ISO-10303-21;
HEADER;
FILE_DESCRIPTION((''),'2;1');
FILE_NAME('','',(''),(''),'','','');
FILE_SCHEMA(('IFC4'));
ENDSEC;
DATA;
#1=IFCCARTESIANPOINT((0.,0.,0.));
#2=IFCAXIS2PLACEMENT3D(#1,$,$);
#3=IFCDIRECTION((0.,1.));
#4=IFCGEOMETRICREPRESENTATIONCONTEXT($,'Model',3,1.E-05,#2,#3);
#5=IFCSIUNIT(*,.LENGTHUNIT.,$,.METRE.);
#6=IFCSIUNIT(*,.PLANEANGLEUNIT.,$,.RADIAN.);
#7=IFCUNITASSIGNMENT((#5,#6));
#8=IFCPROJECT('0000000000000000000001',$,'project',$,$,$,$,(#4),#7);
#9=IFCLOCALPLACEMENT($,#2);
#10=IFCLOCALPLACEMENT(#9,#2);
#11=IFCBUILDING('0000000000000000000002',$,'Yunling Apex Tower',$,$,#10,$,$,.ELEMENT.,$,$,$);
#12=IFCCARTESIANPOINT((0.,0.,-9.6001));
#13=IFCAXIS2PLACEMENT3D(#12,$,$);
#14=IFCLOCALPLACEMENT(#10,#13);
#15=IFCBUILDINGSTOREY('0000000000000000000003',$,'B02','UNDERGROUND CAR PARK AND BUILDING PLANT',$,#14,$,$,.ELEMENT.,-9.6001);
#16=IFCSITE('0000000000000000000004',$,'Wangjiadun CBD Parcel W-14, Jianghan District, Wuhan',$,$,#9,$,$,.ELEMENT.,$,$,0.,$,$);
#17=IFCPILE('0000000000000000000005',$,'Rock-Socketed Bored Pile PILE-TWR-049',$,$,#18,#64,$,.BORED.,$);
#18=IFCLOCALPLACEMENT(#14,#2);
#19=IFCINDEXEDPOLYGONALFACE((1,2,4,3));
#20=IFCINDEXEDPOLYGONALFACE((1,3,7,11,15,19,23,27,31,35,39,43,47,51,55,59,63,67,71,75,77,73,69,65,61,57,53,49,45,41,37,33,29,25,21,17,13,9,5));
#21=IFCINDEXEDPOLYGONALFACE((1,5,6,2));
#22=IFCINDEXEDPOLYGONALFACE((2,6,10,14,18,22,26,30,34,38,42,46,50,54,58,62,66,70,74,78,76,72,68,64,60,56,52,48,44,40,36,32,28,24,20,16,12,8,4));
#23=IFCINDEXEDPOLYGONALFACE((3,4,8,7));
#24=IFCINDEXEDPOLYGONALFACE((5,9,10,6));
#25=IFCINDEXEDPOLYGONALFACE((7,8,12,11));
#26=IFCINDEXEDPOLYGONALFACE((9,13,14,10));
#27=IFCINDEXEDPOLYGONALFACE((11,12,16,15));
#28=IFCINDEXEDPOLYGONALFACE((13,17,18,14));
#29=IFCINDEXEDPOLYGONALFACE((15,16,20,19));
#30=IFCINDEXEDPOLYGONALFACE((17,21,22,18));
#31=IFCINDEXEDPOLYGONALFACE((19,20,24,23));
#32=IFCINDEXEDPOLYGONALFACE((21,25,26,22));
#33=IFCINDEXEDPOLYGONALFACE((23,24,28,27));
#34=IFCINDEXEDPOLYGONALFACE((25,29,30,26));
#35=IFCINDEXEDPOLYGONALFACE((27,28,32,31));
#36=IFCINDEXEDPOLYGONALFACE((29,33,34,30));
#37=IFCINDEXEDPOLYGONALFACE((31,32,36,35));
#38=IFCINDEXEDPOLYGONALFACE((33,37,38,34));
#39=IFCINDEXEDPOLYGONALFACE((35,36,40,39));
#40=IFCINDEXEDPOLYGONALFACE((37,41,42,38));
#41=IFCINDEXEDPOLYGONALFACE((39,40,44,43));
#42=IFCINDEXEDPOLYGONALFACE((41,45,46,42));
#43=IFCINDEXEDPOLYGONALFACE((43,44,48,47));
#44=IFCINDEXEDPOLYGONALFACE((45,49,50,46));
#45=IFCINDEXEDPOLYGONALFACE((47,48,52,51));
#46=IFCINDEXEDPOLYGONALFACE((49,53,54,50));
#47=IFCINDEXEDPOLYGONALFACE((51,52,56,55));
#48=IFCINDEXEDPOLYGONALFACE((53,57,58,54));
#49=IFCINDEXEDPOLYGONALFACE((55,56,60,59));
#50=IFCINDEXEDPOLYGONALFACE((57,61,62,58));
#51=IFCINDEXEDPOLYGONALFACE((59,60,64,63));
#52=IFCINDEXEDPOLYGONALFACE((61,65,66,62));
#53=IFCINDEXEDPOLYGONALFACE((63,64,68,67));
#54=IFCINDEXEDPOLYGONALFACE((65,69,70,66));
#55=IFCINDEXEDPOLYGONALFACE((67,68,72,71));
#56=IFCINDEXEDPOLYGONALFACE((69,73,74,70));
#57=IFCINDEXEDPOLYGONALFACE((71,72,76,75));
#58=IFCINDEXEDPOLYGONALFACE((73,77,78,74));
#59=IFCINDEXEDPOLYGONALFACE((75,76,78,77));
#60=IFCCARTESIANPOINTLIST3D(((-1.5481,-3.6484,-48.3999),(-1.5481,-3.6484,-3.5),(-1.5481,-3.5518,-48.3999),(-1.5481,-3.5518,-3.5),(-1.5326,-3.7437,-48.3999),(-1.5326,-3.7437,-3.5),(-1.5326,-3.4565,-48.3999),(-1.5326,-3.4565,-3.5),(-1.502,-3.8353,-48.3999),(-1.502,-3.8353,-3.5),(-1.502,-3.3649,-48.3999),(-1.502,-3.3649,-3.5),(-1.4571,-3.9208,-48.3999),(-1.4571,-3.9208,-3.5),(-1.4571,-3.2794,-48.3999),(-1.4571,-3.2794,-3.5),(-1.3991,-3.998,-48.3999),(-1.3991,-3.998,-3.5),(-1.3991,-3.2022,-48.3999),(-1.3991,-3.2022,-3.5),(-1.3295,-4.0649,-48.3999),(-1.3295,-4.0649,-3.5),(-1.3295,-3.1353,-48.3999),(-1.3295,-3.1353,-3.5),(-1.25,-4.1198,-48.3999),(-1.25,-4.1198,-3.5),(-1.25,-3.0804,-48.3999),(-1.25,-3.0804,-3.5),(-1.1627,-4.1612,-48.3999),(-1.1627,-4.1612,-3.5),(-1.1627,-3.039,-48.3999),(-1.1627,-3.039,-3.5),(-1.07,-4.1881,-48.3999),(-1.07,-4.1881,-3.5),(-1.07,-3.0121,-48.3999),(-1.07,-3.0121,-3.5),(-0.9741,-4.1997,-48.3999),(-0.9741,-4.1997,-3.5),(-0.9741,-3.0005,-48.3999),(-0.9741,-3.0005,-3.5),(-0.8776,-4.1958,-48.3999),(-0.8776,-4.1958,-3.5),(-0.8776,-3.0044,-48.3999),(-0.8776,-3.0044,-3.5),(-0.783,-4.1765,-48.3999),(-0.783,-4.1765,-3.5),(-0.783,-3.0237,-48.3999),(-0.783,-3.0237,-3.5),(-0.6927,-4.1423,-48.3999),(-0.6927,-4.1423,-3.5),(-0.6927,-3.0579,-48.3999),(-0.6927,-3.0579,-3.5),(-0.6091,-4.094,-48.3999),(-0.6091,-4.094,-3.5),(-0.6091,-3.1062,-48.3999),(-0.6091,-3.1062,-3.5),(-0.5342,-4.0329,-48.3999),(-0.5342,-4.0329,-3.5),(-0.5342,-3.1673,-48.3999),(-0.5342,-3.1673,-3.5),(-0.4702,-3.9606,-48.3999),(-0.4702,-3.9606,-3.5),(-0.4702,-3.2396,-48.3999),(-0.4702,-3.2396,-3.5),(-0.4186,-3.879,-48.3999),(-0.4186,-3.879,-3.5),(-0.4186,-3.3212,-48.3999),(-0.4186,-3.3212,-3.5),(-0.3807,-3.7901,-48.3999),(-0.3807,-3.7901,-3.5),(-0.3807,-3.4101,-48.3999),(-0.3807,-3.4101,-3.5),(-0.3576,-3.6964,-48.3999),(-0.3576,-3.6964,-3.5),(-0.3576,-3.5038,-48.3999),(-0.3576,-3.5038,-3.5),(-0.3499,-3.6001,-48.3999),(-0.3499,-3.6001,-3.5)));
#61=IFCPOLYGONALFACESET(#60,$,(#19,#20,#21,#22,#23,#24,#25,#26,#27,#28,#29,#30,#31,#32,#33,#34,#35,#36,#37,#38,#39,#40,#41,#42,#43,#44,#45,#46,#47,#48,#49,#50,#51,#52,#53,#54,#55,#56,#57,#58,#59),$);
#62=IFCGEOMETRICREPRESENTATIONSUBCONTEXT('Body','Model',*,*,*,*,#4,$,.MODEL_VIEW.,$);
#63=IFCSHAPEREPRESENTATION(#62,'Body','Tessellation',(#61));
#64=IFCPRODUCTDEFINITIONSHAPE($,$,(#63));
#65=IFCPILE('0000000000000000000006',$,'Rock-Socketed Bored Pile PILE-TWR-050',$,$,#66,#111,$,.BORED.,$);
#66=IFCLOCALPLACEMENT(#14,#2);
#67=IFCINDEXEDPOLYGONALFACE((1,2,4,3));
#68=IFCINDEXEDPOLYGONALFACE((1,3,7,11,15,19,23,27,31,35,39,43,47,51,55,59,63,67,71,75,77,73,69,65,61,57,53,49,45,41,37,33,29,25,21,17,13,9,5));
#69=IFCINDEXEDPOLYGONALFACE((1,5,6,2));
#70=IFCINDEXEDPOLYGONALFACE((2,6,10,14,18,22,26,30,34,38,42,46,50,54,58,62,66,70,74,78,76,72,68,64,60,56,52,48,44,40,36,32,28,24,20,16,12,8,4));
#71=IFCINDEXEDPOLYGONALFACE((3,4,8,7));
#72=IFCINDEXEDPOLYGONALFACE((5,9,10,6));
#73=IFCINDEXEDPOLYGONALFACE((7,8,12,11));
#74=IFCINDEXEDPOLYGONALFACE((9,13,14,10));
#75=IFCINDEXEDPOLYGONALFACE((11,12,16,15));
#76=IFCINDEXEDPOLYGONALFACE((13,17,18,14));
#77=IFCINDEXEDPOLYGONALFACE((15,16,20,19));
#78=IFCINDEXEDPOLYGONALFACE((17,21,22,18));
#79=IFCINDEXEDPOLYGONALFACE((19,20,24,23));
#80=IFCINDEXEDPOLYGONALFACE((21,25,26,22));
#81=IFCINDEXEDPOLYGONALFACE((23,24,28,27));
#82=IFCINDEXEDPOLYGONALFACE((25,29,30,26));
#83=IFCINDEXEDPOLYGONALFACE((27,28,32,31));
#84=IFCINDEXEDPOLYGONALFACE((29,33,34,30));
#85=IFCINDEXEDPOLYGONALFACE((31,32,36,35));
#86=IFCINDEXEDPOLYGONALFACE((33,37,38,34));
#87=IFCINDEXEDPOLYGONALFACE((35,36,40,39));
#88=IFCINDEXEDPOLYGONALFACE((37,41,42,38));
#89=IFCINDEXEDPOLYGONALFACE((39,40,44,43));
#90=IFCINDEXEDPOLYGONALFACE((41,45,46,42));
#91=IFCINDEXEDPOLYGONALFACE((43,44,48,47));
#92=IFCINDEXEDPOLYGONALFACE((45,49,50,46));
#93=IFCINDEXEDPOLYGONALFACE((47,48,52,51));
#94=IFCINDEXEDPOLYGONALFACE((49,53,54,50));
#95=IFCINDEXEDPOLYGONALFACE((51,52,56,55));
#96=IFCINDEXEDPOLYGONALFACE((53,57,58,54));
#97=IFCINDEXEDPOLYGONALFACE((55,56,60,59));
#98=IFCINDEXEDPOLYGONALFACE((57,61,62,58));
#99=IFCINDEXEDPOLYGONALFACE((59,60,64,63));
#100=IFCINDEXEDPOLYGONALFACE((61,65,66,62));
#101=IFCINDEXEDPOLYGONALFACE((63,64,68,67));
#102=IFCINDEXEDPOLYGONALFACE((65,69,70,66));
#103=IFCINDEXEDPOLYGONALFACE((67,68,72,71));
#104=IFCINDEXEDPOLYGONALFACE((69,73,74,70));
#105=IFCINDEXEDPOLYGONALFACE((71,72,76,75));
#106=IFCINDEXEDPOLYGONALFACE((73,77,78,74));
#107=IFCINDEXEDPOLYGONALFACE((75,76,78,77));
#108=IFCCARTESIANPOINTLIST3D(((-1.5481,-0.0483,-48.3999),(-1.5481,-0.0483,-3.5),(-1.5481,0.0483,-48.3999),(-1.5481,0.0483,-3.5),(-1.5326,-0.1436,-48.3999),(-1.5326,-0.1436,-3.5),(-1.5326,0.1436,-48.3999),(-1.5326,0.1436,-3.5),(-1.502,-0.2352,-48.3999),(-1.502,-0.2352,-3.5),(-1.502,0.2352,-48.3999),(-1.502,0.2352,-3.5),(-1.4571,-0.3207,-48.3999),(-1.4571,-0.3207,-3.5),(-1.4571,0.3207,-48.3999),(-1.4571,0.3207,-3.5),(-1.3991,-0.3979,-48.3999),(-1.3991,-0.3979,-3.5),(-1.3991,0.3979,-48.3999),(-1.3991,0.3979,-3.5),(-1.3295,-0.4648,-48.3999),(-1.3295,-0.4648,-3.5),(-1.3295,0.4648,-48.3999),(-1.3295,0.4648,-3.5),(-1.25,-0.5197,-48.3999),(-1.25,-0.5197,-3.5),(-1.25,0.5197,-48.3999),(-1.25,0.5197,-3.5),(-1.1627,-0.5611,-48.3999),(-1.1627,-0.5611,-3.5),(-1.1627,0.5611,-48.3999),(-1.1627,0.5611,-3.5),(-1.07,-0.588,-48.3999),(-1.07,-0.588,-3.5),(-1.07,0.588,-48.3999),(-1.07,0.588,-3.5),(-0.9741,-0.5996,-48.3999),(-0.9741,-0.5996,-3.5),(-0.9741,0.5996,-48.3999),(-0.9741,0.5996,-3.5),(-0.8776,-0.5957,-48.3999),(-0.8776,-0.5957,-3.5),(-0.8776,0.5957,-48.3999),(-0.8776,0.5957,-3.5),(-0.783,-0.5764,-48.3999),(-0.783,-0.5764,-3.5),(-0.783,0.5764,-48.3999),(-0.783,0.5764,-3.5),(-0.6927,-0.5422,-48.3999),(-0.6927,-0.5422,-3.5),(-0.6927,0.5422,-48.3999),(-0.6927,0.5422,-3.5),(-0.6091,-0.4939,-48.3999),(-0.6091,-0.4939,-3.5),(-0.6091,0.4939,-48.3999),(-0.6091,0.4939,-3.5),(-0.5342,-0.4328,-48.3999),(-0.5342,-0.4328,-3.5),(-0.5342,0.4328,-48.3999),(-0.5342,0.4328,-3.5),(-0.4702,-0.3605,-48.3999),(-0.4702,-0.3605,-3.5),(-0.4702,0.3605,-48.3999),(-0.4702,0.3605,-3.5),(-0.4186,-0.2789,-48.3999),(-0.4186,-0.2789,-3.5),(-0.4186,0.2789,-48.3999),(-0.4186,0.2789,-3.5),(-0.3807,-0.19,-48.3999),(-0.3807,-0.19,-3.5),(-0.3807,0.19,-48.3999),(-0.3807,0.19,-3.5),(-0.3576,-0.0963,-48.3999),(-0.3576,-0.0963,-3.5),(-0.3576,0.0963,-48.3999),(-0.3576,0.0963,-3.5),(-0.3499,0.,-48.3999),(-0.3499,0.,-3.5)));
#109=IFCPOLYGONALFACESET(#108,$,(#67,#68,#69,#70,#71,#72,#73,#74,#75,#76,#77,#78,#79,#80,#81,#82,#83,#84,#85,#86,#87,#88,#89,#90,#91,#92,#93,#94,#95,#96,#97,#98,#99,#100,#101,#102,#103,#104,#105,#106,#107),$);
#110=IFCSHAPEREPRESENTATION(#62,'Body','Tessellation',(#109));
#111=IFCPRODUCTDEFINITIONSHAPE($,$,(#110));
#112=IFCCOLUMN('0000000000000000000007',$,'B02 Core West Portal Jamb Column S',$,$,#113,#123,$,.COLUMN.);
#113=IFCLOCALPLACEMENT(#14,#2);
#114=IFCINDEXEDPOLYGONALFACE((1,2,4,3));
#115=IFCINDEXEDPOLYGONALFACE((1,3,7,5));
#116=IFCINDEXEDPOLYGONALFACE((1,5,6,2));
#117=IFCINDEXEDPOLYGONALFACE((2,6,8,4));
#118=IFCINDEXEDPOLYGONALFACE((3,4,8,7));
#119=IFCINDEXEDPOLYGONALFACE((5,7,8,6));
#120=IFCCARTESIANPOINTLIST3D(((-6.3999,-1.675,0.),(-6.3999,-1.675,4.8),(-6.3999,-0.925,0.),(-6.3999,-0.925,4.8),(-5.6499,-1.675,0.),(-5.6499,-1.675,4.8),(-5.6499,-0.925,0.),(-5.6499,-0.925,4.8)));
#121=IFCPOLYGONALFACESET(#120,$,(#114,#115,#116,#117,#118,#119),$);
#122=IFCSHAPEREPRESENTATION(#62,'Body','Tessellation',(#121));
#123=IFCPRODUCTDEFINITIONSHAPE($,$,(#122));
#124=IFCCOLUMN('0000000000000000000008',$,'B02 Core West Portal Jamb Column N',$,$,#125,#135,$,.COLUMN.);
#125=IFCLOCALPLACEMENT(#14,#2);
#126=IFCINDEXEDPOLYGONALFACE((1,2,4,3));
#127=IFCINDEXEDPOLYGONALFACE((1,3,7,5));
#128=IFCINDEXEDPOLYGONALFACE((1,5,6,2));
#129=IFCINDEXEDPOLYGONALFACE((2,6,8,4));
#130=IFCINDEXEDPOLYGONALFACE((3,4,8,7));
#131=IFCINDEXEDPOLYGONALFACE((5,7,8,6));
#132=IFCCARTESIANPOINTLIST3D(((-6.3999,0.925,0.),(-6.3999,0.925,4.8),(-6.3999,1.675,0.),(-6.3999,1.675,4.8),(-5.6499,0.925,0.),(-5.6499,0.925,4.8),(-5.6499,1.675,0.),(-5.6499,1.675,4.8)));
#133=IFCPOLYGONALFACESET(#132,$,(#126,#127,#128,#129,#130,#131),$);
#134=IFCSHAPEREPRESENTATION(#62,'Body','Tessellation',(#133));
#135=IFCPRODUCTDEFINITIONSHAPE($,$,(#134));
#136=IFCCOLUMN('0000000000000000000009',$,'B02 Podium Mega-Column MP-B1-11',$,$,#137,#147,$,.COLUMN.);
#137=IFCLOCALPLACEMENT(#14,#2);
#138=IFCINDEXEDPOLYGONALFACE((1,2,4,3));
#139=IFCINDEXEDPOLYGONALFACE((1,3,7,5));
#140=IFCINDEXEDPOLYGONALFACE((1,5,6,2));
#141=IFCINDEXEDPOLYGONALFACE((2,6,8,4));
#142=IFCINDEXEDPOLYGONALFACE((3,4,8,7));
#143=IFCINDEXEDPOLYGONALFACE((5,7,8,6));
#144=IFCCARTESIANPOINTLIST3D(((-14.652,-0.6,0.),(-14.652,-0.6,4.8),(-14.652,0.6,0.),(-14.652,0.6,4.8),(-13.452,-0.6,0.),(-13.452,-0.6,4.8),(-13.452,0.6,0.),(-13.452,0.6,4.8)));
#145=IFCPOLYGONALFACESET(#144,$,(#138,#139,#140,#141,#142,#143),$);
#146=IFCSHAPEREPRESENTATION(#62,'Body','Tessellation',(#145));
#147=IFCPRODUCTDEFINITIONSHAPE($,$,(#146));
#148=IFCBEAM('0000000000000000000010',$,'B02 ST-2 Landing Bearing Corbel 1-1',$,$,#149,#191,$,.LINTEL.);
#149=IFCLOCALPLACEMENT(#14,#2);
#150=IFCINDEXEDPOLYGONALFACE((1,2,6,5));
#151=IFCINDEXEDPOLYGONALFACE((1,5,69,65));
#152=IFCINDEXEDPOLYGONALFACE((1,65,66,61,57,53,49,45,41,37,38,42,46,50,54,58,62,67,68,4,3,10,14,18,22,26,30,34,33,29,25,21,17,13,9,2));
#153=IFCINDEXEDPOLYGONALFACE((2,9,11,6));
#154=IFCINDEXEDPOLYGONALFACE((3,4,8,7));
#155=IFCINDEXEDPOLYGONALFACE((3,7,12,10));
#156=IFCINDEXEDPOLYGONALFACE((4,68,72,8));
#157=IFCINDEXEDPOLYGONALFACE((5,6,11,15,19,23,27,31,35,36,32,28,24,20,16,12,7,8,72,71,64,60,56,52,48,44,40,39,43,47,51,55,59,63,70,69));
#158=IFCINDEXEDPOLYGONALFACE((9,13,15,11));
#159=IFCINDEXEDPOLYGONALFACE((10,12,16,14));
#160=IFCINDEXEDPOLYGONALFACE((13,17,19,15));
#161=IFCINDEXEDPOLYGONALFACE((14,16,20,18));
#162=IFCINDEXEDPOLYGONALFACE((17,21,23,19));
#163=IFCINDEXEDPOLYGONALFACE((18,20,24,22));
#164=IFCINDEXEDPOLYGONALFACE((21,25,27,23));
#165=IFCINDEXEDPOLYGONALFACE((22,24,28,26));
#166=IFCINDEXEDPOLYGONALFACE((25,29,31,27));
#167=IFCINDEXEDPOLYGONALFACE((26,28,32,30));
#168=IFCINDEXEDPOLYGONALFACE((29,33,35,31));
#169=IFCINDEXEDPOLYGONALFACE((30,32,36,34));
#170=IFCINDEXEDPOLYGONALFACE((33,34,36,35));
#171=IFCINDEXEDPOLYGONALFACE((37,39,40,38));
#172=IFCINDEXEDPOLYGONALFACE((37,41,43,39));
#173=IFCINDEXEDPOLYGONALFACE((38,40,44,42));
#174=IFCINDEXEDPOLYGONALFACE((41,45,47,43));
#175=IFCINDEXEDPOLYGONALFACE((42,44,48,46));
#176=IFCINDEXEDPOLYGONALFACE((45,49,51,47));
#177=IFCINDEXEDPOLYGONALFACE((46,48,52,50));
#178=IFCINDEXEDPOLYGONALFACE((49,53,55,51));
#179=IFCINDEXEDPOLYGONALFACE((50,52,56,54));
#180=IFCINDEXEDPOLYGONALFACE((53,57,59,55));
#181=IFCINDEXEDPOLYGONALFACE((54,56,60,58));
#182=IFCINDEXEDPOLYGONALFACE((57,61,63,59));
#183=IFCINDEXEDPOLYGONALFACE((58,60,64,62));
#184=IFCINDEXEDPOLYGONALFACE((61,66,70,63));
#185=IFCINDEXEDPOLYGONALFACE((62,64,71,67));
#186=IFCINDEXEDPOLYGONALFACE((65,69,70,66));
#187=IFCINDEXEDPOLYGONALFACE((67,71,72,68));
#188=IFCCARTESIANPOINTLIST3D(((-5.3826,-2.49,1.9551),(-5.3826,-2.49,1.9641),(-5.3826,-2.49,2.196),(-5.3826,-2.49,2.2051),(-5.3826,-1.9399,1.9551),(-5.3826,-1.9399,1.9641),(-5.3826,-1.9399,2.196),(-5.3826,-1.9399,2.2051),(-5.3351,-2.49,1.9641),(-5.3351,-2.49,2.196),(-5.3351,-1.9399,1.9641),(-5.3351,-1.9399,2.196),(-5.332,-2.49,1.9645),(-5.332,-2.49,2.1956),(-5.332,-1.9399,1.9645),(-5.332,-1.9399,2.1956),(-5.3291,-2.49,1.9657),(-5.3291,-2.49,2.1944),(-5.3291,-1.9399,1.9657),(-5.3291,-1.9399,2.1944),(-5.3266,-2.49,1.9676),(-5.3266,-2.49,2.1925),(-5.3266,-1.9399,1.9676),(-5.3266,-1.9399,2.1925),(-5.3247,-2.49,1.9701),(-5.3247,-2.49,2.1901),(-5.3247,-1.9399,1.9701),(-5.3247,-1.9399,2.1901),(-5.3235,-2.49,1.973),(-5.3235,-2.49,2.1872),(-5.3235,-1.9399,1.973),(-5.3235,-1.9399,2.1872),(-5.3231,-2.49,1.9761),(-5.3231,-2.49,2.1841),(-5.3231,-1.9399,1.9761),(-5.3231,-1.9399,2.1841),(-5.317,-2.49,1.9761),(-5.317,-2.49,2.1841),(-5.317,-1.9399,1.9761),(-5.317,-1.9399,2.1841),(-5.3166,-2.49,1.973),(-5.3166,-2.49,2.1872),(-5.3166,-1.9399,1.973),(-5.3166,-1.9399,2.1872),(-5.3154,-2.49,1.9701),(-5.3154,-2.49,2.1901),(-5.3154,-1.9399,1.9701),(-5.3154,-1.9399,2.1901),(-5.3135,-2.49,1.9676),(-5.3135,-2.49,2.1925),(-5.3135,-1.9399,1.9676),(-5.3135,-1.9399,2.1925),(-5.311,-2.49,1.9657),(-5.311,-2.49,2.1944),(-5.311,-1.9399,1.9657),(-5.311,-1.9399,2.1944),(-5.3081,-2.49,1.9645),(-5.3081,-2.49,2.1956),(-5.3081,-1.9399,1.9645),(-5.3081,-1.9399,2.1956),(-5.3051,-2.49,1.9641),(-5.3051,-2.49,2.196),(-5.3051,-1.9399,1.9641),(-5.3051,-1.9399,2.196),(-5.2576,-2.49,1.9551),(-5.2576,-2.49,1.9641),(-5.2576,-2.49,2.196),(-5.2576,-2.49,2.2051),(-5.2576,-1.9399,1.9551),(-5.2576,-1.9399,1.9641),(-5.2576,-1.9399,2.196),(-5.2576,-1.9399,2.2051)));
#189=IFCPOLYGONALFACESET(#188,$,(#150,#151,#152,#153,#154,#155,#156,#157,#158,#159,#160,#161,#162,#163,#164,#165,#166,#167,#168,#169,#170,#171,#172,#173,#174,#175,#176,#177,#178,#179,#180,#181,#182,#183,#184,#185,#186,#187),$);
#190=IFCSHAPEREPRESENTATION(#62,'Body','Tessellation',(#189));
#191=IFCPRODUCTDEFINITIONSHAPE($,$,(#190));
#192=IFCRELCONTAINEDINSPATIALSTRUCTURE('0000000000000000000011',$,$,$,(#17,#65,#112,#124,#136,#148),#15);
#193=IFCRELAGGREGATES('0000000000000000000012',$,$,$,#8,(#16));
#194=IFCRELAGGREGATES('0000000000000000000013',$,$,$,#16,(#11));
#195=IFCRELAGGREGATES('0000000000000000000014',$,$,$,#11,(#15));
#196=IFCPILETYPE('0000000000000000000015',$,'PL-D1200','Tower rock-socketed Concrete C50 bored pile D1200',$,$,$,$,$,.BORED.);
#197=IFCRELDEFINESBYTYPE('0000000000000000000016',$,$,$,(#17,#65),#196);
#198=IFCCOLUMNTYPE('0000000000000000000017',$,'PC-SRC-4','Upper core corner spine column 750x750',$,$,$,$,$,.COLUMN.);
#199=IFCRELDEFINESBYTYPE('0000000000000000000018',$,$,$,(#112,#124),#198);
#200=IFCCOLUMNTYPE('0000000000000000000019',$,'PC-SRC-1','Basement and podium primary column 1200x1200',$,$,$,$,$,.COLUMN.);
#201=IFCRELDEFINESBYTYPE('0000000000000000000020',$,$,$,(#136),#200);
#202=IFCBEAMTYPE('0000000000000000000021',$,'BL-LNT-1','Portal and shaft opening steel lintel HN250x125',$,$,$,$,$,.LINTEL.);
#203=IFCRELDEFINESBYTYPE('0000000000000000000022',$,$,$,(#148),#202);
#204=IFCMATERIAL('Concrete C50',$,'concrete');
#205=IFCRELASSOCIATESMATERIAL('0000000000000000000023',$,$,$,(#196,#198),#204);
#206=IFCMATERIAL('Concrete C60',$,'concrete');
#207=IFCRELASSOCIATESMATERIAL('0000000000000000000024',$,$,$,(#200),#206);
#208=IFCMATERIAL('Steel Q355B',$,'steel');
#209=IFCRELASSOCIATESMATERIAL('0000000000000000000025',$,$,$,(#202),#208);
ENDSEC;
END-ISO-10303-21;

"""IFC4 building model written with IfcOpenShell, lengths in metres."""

from ifc_helpers import new_model, si_unit, direction, frame, origin, origin_2d, place, context, subcontext, project, spatial, rectangle, circle, i_section, extrude, source, transform, mapped, material, material_profile, profile_set, type_object, element, save


model = new_model("IFC4")

# Units and contexts
model_context = context("Model", 3, precision=1e-05, world=origin(), true_north=direction((0.0, 1.0)))
body_context = subcontext(model_context, "Body", "Model", "MODEL_VIEW")
ifc_project = project(units=[si_unit("LENGTHUNIT", "METRE"), si_unit("PLANEANGLEUNIT", "RADIAN")], contexts=[model_context])

# Site, building, storey
site_placement = place(None, origin())
site = spatial("IfcSite", under=ifc_project, at=site_placement, Name="Wangjiadun CBD Parcel W-14, Jianghan District, Wuhan", CompositionType="ELEMENT", RefElevation=0.0)
building_placement = place(site_placement, origin())
building = spatial("IfcBuilding", under=site, at=building_placement, Name="Yunling Apex Tower", CompositionType="ELEMENT")
storey_placement = place(building_placement, frame((0.0, 0.0, -9.6001)))
storey = spatial("IfcBuildingStorey", under=building, at=storey_placement, Name="B02", Description="UNDERGROUND CAR PARK AND BUILDING PLANT", CompositionType="ELEMENT", Elevation=-9.6001)

# Piles
ifc_material_1 = material(Name="Concrete C50", Category="concrete")
ifc_material_profile_1 = material_profile(ifc_material_1, circle(Radius=0.6001, at=origin_2d()))
ifc_profile_set_1 = profile_set([ifc_material_profile_1], Name="Concrete C50")
pile_type = type_object("IfcPileType", Name="PL-D1200", Description="Tower rock-socketed Concrete C50 bored pile D1200", PredefinedType="BORED", material=ifc_profile_set_1)
shared_shape_1 = source(origin(), body_context, "Body", "SweptSolid", [
    extrude(circle(Radius=0.6001, at=origin_2d()), origin(), (0.0, 0.0, 1.0), 44.8999),
])
for number, where, z_axis, x_axis, name in (
    (1, (-0.95, -3.6001, -3.5), (0.0, 0.0, -1.0), (1.0, 0.0, 0.0), "Rock-Socketed Bored Pile PILE-TWR-049"),
    (2, (-0.95, 0.0, -3.5), (0.0, 0.0, -1.0), (1.0, 0.0, 0.0), "Rock-Socketed Bored Pile PILE-TWR-050"),
):
    element("IfcPile", number, at=place(storey_placement, frame(where, z_axis=z_axis, x_axis=x_axis)), inside=storey, type_object=pile_type, Name=name, PredefinedType="BORED", context=body_context, shape_type="MappedRepresentation", body=[
        mapped(shared_shape_1, transform((0.0, 0.0, 0.0), scale=1.0)),
    ])

# Columns
ifc_material_profile_2 = material_profile(ifc_material_1, rectangle(XDim=0.75, YDim=0.75, at=origin_2d()))
ifc_profile_set_2 = profile_set([ifc_material_profile_2], Name="Concrete C50")
column_type_1 = type_object("IfcColumnType", Name="PC-SRC-4", Description="Upper core corner spine column 750x750", PredefinedType="COLUMN", material=ifc_profile_set_2)
shared_shape_2 = source(origin(), body_context, "Body", "SweptSolid", [
    extrude(rectangle(XDim=0.75, YDim=0.75, at=origin_2d()), origin(), (0.0, 0.0, 1.0), 4.8),
])
for number, where, z_axis, x_axis, name in (
    (3, (-6.0249, -1.3, 0.0), (0.0, 0.0, 1.0), (1.0, 0.0, 0.0), "B02 Core West Portal Jamb Column S"),
    (4, (-6.0249, 1.3, 0.0), (0.0, 0.0, 1.0), (1.0, 0.0, 0.0), "B02 Core West Portal Jamb Column N"),
):
    element("IfcColumn", number, at=place(storey_placement, frame(where, z_axis=z_axis, x_axis=x_axis)), inside=storey, type_object=column_type_1, Name=name, PredefinedType="COLUMN", context=body_context, shape_type="MappedRepresentation", body=[
        mapped(shared_shape_2, transform((0.0, 0.0, 0.0), scale=1.0)),
    ])
ifc_material_2 = material(Name="Concrete C60", Category="concrete")
ifc_material_profile_3 = material_profile(ifc_material_2, rectangle(XDim=1.2, YDim=1.2, at=origin_2d()))
ifc_profile_set_3 = profile_set([ifc_material_profile_3], Name="Concrete C60")
column_type_2 = type_object("IfcColumnType", Name="PC-SRC-1", Description="Basement and podium primary column 1200x1200", PredefinedType="COLUMN", material=ifc_profile_set_3)
shared_shape_3 = source(origin(), body_context, "Body", "SweptSolid", [
    extrude(rectangle(XDim=1.2, YDim=1.2, at=origin_2d()), origin(), (0.0, 0.0, 1.0), 4.8),
])
column_placement = place(storey_placement, frame((-14.052, 0.0, 0.0), z_axis=(0.0, 0.0, 1.0), x_axis=(1.0, 0.0, 0.0)))
element("IfcColumn", 5, at=column_placement, inside=storey, type_object=column_type_2, Name="B02 Podium Mega-Column MP-B1-11", PredefinedType="COLUMN", context=body_context, shape_type="MappedRepresentation", body=[
    mapped(shared_shape_3, transform((0.0, 0.0, 0.0), scale=1.0)),
])

# Beam
ifc_material_3 = material(Name="Steel Q355B", Category="steel")
ifc_material_profile_4 = material_profile(ifc_material_3, i_section(OverallWidth=0.125, OverallDepth=0.25, WebThickness=0.0061, FlangeThickness=0.009, FilletRadius=0.012, at=origin_2d()))
ifc_profile_set_4 = profile_set([ifc_material_profile_4], Name="Steel Q355B")
beam_type_1 = type_object("IfcBeamType", Name="BL-LNT-1", Description="Portal and shaft opening steel lintel HN250x125", PredefinedType="LINTEL", material=ifc_profile_set_4)
shared_shape_4 = source(origin(), body_context, "Body", "SweptSolid", [
    extrude(i_section(OverallWidth=0.125, OverallDepth=0.25, WebThickness=0.0061, FlangeThickness=0.009, FilletRadius=0.012, at=origin_2d()), origin(), (0.0, 0.0, 1.0), 0.55),
])
for number, where, z_axis, x_axis, name in (
    (6, (-5.3201, -1.9399, 2.0801), (0.0, -1.0, 0.0), (1.0, 0.0, 0.0), "B02 ST-2 Landing Bearing Corbel 1-1"),
):
    element("IfcBeam", number, at=place(storey_placement, frame(where, z_axis=z_axis, x_axis=x_axis)), inside=storey, type_object=beam_type_1, Name=name, PredefinedType="LINTEL", context=body_context, shape_type="MappedRepresentation", body=[
        mapped(shared_shape_4, transform((0.0, 0.0, 0.0), scale=1.0)),
    ])

save(model, "model.ifc")
